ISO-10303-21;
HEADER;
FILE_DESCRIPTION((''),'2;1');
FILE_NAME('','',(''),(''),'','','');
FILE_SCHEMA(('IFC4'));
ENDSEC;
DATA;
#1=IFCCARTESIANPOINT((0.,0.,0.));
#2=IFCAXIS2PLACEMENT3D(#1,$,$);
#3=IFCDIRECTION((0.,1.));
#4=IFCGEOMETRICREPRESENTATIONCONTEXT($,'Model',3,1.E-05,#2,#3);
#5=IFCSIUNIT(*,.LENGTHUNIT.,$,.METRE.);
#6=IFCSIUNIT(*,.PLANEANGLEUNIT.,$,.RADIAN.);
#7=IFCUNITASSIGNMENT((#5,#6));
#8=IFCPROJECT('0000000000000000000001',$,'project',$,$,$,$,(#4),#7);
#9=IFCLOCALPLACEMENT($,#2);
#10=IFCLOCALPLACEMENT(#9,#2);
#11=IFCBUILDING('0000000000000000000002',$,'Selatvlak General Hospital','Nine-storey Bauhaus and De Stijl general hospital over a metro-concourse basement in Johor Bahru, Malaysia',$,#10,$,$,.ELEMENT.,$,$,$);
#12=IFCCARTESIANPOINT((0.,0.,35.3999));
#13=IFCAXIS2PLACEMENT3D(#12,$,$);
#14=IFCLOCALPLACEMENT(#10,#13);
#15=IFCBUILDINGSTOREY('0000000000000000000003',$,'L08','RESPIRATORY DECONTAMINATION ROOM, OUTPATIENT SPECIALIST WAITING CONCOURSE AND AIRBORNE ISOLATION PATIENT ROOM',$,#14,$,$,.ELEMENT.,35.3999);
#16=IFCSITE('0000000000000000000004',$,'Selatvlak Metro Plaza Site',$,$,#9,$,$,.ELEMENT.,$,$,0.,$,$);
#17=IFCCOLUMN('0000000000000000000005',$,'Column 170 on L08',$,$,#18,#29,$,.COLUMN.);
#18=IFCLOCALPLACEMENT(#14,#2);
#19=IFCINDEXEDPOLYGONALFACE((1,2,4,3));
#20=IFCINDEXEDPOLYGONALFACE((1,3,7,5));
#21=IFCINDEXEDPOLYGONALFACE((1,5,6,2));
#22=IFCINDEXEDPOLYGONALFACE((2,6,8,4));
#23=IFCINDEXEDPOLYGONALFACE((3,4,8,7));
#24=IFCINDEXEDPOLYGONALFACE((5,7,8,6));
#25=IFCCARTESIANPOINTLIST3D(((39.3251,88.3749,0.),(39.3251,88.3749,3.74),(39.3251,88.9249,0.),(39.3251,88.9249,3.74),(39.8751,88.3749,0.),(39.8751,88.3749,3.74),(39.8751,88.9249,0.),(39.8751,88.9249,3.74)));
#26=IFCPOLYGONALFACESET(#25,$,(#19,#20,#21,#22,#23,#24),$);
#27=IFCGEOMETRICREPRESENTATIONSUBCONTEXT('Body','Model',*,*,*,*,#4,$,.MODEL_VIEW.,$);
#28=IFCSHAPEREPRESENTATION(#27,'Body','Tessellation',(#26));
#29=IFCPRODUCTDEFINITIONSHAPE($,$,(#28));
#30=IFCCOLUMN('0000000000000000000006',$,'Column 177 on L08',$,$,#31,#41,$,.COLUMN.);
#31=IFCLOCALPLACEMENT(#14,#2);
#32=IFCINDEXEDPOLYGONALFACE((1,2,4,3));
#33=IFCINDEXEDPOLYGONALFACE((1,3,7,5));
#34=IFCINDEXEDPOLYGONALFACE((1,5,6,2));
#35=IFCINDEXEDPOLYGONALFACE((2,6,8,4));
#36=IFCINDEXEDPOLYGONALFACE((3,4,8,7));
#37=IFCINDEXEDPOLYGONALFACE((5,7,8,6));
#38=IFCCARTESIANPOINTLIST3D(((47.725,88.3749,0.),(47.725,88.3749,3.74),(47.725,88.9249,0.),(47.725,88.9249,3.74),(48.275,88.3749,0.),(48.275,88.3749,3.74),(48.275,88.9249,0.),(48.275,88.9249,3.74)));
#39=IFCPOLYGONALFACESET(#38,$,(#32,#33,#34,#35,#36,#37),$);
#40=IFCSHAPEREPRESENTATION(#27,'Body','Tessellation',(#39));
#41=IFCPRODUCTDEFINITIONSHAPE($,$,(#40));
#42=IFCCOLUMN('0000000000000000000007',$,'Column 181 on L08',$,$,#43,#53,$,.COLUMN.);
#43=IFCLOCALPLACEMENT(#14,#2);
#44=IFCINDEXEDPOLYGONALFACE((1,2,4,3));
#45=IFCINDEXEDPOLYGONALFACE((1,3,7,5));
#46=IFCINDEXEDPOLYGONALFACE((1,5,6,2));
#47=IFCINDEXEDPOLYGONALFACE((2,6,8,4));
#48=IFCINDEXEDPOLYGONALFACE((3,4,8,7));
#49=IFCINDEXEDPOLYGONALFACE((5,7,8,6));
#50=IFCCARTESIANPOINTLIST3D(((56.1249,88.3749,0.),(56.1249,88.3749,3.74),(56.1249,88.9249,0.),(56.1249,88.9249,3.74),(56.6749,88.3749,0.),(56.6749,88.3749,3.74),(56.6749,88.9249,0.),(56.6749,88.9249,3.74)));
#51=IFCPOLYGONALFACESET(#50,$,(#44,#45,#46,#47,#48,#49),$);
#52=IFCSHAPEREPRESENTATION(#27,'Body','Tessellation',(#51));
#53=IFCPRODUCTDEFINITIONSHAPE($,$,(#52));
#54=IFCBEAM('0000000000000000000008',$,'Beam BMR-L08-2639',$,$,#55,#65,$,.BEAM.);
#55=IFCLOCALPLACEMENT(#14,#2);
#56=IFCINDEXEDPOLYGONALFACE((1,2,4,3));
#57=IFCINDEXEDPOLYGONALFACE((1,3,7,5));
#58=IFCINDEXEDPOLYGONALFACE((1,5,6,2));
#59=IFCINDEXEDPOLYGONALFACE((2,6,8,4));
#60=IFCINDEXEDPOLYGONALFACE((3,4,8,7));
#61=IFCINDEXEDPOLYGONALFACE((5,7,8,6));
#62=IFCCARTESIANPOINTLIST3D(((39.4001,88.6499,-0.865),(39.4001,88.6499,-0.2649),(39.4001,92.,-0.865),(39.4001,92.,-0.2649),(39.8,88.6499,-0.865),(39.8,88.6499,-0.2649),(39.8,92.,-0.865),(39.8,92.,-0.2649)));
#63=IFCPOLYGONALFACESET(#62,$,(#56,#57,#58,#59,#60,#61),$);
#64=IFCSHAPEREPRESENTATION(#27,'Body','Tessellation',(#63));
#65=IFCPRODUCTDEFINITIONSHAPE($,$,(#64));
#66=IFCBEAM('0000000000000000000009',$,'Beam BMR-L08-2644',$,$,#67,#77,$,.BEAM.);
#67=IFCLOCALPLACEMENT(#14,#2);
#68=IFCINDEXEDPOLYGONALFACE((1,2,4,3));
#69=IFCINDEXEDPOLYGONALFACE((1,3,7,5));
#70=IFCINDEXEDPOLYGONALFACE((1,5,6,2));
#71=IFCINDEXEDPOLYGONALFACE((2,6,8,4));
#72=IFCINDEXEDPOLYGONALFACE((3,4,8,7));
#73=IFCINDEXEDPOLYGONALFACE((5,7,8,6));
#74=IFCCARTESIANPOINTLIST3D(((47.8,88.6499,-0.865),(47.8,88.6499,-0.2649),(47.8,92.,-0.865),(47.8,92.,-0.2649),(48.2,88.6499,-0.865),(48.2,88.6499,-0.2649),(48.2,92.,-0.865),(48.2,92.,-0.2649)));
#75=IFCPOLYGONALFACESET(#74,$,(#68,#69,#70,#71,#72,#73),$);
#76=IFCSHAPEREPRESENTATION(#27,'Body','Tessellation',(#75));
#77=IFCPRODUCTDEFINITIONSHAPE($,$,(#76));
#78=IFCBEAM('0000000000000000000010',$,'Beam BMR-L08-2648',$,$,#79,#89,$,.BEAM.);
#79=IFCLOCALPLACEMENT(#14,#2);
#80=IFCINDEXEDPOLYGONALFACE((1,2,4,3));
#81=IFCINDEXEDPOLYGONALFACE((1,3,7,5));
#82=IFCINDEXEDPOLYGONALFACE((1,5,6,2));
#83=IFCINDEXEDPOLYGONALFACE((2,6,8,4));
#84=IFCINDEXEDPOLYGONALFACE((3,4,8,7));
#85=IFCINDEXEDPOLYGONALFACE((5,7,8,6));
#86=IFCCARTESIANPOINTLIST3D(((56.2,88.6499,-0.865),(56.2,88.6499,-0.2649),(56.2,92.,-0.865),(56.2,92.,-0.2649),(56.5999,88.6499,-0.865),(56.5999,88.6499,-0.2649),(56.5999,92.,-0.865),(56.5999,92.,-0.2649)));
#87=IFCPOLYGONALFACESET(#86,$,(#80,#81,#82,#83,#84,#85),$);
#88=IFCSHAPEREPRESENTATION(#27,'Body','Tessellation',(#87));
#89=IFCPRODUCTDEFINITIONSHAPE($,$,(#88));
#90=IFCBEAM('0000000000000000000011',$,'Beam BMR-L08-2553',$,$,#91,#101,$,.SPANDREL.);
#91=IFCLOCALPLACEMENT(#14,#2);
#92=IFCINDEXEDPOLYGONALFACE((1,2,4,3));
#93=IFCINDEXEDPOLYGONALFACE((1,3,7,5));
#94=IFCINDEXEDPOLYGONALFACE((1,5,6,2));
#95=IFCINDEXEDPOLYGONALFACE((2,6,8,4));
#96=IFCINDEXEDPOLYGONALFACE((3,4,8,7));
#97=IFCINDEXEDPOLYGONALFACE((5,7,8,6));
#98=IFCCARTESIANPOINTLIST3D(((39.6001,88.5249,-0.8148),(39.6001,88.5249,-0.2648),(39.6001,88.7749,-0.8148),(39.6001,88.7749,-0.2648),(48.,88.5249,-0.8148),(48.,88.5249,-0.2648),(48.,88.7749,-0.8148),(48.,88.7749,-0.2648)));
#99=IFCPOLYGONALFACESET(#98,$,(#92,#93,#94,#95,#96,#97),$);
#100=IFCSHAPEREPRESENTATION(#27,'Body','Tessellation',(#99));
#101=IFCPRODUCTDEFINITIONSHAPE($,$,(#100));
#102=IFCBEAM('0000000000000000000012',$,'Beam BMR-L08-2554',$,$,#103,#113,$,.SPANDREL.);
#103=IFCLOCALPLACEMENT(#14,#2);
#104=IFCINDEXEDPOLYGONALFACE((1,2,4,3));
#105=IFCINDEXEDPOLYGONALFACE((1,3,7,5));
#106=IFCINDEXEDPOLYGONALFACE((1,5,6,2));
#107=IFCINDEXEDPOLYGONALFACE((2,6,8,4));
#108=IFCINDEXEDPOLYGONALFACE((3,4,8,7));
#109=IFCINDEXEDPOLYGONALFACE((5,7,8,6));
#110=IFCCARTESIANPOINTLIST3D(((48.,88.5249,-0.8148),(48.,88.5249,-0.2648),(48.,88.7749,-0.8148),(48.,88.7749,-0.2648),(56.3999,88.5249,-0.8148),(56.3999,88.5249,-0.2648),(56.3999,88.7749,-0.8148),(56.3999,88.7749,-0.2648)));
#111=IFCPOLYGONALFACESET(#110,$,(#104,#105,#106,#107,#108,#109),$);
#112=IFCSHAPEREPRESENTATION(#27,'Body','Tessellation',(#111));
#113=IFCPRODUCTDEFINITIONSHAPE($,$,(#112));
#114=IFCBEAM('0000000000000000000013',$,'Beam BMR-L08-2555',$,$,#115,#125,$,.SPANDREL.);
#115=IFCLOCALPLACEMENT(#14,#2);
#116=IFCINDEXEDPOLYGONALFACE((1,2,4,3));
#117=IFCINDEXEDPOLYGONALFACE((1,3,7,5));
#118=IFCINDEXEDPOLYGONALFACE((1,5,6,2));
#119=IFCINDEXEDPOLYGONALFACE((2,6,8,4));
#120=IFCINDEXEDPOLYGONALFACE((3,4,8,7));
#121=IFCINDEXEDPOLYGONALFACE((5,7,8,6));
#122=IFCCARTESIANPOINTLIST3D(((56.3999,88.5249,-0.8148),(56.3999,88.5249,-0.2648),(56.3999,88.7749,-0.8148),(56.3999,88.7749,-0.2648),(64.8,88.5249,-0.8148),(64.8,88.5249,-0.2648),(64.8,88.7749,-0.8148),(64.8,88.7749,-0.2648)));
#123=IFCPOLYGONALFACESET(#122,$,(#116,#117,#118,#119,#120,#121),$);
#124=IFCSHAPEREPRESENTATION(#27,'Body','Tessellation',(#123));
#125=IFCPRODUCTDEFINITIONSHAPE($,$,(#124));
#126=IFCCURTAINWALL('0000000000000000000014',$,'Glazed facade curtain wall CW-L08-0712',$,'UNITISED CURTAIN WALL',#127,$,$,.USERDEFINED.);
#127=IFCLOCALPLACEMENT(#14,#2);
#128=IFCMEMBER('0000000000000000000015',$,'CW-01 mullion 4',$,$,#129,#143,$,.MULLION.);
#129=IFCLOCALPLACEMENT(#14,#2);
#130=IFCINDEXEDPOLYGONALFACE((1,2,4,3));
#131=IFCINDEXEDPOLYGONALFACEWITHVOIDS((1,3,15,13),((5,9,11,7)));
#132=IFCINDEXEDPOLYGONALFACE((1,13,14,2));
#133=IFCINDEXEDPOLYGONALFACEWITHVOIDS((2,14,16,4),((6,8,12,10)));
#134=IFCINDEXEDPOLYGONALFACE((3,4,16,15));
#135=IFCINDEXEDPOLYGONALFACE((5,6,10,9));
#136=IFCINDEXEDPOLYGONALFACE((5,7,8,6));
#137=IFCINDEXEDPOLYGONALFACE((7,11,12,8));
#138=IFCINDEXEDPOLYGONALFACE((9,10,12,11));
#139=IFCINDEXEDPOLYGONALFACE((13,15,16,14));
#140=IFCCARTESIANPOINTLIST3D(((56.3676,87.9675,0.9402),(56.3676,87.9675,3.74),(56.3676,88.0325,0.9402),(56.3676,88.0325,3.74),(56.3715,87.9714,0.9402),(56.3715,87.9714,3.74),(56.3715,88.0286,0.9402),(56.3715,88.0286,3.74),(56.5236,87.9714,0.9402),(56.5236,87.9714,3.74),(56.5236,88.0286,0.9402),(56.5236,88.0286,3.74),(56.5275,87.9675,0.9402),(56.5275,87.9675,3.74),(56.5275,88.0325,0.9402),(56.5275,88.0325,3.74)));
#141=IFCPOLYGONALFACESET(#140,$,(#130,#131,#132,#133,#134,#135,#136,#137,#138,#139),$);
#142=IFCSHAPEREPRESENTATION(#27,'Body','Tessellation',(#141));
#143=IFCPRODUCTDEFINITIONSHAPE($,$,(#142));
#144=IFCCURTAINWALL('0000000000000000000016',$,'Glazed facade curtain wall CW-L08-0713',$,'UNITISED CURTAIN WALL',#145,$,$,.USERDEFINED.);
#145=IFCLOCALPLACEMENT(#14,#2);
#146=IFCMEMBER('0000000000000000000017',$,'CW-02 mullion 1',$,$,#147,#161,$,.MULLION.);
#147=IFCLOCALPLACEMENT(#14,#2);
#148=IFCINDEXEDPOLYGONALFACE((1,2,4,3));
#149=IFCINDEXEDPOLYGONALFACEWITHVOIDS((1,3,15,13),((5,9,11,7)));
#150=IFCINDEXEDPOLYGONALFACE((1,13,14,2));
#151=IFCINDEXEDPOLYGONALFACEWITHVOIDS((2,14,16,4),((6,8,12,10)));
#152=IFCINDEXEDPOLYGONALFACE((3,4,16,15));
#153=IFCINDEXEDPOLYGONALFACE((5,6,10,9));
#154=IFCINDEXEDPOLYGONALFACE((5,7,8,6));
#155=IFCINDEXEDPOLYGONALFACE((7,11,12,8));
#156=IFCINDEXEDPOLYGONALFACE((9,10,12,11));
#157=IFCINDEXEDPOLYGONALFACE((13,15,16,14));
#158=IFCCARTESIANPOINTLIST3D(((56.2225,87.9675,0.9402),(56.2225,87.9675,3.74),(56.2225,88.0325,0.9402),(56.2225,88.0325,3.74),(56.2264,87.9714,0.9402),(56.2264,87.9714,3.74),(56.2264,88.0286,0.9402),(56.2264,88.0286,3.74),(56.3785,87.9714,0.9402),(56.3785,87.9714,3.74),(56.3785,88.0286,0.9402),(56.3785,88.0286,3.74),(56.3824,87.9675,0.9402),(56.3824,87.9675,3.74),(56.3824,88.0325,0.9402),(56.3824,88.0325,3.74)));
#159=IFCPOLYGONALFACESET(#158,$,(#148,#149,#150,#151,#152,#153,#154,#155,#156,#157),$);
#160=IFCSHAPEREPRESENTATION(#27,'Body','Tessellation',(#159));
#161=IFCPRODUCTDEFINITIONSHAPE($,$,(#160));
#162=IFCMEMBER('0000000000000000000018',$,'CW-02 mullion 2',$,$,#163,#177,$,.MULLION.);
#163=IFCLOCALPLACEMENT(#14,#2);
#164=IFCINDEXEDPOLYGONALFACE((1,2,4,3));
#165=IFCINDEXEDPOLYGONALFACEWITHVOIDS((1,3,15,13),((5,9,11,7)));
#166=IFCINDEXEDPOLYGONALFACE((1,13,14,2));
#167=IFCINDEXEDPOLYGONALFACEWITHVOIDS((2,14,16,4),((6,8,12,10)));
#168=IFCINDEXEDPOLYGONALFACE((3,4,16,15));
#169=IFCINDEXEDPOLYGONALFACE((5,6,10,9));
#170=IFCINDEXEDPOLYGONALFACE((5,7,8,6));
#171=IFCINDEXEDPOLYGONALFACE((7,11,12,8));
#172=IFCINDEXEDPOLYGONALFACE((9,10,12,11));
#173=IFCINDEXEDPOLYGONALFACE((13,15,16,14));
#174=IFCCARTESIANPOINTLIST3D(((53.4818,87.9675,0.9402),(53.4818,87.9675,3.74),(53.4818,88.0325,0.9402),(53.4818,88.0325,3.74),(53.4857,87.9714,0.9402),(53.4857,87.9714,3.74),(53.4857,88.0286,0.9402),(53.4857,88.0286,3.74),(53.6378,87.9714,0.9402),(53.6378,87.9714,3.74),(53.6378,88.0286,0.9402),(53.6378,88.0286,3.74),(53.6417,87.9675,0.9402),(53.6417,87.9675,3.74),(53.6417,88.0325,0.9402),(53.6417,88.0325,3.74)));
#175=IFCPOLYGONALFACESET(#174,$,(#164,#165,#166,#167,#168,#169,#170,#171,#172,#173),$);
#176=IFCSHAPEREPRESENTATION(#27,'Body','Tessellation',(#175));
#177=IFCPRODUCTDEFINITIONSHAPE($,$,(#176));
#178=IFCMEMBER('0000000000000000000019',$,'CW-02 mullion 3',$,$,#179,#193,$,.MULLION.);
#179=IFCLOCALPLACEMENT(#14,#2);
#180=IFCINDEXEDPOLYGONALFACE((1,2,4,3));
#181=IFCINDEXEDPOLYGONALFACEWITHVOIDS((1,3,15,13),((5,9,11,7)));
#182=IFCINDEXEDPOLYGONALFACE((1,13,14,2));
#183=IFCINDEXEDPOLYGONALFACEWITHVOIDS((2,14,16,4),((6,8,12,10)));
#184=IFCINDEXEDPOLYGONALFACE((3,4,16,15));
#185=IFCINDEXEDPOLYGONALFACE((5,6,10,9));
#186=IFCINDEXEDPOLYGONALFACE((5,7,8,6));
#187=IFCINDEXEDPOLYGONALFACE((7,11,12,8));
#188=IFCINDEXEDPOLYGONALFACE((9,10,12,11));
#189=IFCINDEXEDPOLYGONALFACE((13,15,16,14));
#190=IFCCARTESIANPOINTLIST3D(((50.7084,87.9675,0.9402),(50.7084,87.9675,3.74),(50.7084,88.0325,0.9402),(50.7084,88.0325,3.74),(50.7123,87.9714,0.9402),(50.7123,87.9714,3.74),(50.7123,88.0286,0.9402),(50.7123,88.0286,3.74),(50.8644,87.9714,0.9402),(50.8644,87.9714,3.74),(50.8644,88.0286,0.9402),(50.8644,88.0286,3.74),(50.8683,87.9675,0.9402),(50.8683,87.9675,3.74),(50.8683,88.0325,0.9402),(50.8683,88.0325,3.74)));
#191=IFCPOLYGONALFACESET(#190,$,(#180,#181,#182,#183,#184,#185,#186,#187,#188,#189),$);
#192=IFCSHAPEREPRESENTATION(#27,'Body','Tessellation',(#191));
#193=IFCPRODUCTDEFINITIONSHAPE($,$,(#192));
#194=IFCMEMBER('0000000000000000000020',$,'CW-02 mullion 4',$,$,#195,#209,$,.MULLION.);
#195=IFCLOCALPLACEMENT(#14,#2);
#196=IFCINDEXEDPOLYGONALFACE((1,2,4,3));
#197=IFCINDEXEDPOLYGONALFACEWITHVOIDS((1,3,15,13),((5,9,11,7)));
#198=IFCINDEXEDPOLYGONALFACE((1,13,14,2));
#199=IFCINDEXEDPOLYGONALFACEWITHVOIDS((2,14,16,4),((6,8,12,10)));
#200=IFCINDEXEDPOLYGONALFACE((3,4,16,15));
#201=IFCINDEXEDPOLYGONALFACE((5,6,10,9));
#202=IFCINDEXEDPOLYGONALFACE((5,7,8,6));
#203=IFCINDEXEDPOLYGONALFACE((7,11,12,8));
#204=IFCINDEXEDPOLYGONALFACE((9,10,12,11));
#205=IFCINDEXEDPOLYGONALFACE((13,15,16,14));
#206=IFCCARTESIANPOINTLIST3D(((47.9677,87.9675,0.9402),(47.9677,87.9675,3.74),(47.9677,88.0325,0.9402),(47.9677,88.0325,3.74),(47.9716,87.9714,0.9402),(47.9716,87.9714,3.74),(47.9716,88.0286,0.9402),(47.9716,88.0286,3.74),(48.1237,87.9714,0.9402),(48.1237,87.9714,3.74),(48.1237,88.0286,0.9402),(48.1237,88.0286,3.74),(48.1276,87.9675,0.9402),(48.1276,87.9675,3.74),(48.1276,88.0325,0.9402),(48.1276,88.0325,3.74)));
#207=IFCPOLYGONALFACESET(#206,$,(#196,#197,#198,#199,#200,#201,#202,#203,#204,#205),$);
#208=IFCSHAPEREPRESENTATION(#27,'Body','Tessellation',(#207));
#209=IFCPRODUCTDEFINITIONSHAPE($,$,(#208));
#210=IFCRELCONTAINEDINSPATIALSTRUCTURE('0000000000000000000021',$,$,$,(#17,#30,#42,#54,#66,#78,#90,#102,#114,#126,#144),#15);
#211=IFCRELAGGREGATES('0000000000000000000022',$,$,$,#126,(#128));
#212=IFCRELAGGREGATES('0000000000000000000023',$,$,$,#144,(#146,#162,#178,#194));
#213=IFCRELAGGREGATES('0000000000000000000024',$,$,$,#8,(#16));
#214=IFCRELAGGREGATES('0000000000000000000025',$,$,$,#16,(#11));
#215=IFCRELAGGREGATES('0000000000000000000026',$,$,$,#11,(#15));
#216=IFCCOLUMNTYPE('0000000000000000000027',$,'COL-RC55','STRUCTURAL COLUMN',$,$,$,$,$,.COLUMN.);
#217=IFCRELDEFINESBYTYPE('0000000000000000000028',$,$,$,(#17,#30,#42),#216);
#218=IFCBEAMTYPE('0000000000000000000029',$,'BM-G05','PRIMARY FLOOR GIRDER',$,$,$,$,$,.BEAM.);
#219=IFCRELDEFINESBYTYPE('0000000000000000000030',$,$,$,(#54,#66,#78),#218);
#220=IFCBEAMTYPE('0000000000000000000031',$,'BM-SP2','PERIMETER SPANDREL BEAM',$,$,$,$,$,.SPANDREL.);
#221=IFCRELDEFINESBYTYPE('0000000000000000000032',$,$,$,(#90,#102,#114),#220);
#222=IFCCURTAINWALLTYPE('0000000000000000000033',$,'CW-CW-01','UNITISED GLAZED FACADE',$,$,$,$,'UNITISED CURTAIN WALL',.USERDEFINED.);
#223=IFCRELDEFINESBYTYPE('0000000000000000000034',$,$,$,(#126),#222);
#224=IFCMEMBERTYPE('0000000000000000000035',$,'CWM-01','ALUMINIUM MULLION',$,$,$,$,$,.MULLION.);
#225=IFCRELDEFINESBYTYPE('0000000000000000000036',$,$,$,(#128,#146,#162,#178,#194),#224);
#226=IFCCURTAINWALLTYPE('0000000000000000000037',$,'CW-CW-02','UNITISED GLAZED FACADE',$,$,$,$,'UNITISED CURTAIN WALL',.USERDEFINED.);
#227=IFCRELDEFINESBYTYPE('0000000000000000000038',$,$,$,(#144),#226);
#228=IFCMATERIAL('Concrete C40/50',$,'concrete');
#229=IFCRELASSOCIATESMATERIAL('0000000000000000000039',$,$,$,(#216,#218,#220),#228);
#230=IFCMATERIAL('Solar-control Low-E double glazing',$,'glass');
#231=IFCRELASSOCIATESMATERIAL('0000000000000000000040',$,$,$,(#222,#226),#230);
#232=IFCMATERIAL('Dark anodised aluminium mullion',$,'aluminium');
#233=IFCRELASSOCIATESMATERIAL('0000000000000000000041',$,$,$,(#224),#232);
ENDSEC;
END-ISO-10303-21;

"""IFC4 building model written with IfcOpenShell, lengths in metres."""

from ifc_helpers import new_model, si_unit, direction, frame, origin, origin_2d, place, context, subcontext, project, spatial, rectangle, hollow_rectangle, extrude, material, material_profile, profile_set, type_object, element, aggregate, save


model = new_model("IFC4")

# Units and contexts
model_context = context("Model", 3, precision=1e-05, world=origin(), true_north=direction((0.0, 1.0)))
body_context = subcontext(model_context, "Body", "Model", "MODEL_VIEW")
ifc_project = project(units=[si_unit("LENGTHUNIT", "METRE"), si_unit("PLANEANGLEUNIT", "RADIAN")], contexts=[model_context])

# Site, building, storey
site_placement = place(None, origin())
site = spatial("IfcSite", under=ifc_project, at=site_placement, Name="Selatvlak Metro Plaza Site", CompositionType="ELEMENT", RefElevation=0.0)
building_placement = place(site_placement, origin())
building = spatial("IfcBuilding", under=site, at=building_placement, Name="Selatvlak General Hospital", Description="Nine-storey Bauhaus and De Stijl general hospital over a metro-concourse basement in Johor Bahru, Malaysia", CompositionType="ELEMENT")
storey_placement = place(building_placement, frame((0.0, 0.0, 35.3999)))
storey = spatial("IfcBuildingStorey", under=building, at=storey_placement, Name="L08", Description="RESPIRATORY DECONTAMINATION ROOM, OUTPATIENT SPECIALIST WAITING CONCOURSE AND AIRBORNE ISOLATION PATIENT ROOM", CompositionType="ELEMENT", Elevation=35.3999)

# Columns
ifc_material_1 = material(Name="Concrete C40/50", Category="concrete")
ifc_material_profile_1 = material_profile(ifc_material_1, rectangle(XDim=0.55, YDim=0.55, at=origin_2d()), Name="RC-COL 550x550")
ifc_profile_set_1 = profile_set([ifc_material_profile_1], Name="Concrete C40/50")
column_type = type_object("IfcColumnType", Name="COL-RC55", Description="STRUCTURAL COLUMN", PredefinedType="COLUMN", material=ifc_profile_set_1)
for number, where, z_axis, x_axis, name in (
    (1, (39.6001, 88.6499, 0.0), (0.0, 0.0, 1.0), (1.0, 0.0, 0.0), "Column 170 on L08"),
    (2, (48.0, 88.6499, 0.0), (0.0, 0.0, 1.0), (1.0, 0.0, 0.0), "Column 177 on L08"),
    (3, (56.3999, 88.6499, 0.0), (0.0, 0.0, 1.0), (1.0, 0.0, 0.0), "Column 181 on L08"),
):
    element("IfcColumn", number, at=place(storey_placement, frame(where, z_axis=z_axis, x_axis=x_axis)), inside=storey, type_object=column_type, Name=name, PredefinedType="COLUMN", context=body_context, shape_type="SweptSolid", body=[
        extrude(rectangle(XDim=0.55, YDim=0.55, at=origin_2d()), origin(), (0.0, 0.0, 1.0), 3.74),
    ])

# Beams
ifc_material_profile_2 = material_profile(ifc_material_1, rectangle(XDim=0.3999, YDim=0.6001, at=origin_2d()), Name="RC-BM 400x600")
ifc_profile_set_2 = profile_set([ifc_material_profile_2], Name="Concrete C40/50")
beam_type_1 = type_object("IfcBeamType", Name="BM-G05", Description="PRIMARY FLOOR GIRDER", PredefinedType="BEAM", material=ifc_profile_set_2)
for number, where, z_axis, x_axis, name in (
    (4, (39.6001, 88.6499, -0.5649), (0.0, 1.0, 0.0), (-1.0, 0.0, 0.0), "Beam BMR-L08-2639"),
    (5, (48.0, 88.6499, -0.5649), (0.0, 1.0, 0.0), (-1.0, 0.0, 0.0), "Beam BMR-L08-2644"),
    (6, (56.3999, 88.6499, -0.5649), (0.0, 1.0, 0.0), (-1.0, 0.0, 0.0), "Beam BMR-L08-2648"),
):
    element("IfcBeam", number, at=place(storey_placement, frame(where, z_axis=z_axis, x_axis=x_axis)), inside=storey, type_object=beam_type_1, Name=name, PredefinedType="BEAM", context=body_context, shape_type="SweptSolid", body=[
        extrude(rectangle(XDim=0.3999, YDim=0.6001, at=origin_2d()), origin(), (0.0, 0.0, 1.0), 3.3501),
    ])
ifc_material_profile_3 = material_profile(ifc_material_1, rectangle(XDim=0.25, YDim=0.55, at=origin_2d()), Name="RC-SP 250x550")
ifc_profile_set_3 = profile_set([ifc_material_profile_3], Name="Concrete C40/50")
beam_type_2 = type_object("IfcBeamType", Name="BM-SP2", Description="PERIMETER SPANDREL BEAM", PredefinedType="SPANDREL", material=ifc_profile_set_3)
for number, where, z_axis, x_axis, name in (
    (7, (39.6001, 88.6499, -0.5398), (1.0, 0.0, 0.0), (0.0, 1.0, 0.0), "Beam BMR-L08-2553"),
    (8, (48.0, 88.6499, -0.5398), (1.0, 0.0, 0.0), (0.0, 1.0, 0.0), "Beam BMR-L08-2554"),
):
    element("IfcBeam", number, at=place(storey_placement, frame(where, z_axis=z_axis, x_axis=x_axis)), inside=storey, type_object=beam_type_2, Name=name, PredefinedType="SPANDREL", context=body_context, shape_type="SweptSolid", body=[
        extrude(rectangle(XDim=0.25, YDim=0.55, at=origin_2d()), origin(), (0.0, 0.0, 1.0), 8.3999),
    ])
beam_placement = place(storey_placement, frame((56.3999, 88.6499, -0.5398), z_axis=(1.0, 0.0, 0.0), x_axis=(0.0, 1.0, 0.0)))
element("IfcBeam", 9, at=beam_placement, inside=storey, type_object=beam_type_2, Name="Beam BMR-L08-2555", PredefinedType="SPANDREL", context=body_context, shape_type="SweptSolid", body=[
    extrude(rectangle(XDim=0.25, YDim=0.55, at=origin_2d()), origin(), (0.0, 0.0, 1.0), 8.4001),
])

# Curtain wall, member
ifc_material_2 = material(Name="Solar-control Low-E double glazing", Category="glass")
curtain_wall_type_1 = type_object("IfcCurtainWallType", Name="CW-CW-01", Description="UNITISED GLAZED FACADE", ElementType="UNITISED CURTAIN WALL", PredefinedType="USERDEFINED", material=ifc_material_2)
curtain_wall_1_placement = place(storey_placement, origin())
curtain_wall_1 = element("IfcCurtainWall", 10, at=curtain_wall_1_placement, inside=storey, type_object=curtain_wall_type_1, Name="Glazed facade curtain wall CW-L08-0712", ObjectType="UNITISED CURTAIN WALL", PredefinedType="USERDEFINED")
ifc_material_3 = material(Name="Dark anodised aluminium mullion", Category="aluminium")
ifc_material_profile_4 = material_profile(ifc_material_3, hollow_rectangle(XDim=0.0649, YDim=0.1599, WallThickness=0.0039, at=origin_2d()), Name="AL-MUL 65x160x4")
ifc_profile_set_4 = profile_set([ifc_material_profile_4], Name="Dark anodised aluminium mullion")
member_type_1 = type_object("IfcMemberType", Name="CWM-01", Description="ALUMINIUM MULLION", PredefinedType="MULLION", material=ifc_profile_set_4)
member_1_placement = place(storey_placement, frame((56.4475, 88.0, 0.9402), z_axis=(0.0, 0.0, 1.0), x_axis=(0.0, -1.0, 0.0)))
member_1 = element("IfcMember", 11, at=member_1_placement, type_object=member_type_1, Name="CW-01 mullion 4", PredefinedType="MULLION", context=body_context, shape_type="SweptSolid", body=[
    extrude(hollow_rectangle(XDim=0.0649, YDim=0.1599, WallThickness=0.0039, at=origin_2d()), origin(), (0.0, 0.0, 1.0), 2.7998),
])

# Curtain wall, members
curtain_wall_type_2 = type_object("IfcCurtainWallType", Name="CW-CW-02", Description="UNITISED GLAZED FACADE", ElementType="UNITISED CURTAIN WALL", PredefinedType="USERDEFINED", material=ifc_material_2)
curtain_wall_2_placement = place(storey_placement, origin())
curtain_wall_2 = element("IfcCurtainWall", 12, at=curtain_wall_2_placement, inside=storey, type_object=curtain_wall_type_2, Name="Glazed facade curtain wall CW-L08-0713", ObjectType="UNITISED CURTAIN WALL", PredefinedType="USERDEFINED")
member_2_placement = place(storey_placement, frame((56.3025, 88.0, 0.9402), z_axis=(0.0, 0.0, 1.0), x_axis=(0.0, -1.0, 0.0)))
member_2 = element("IfcMember", 13, at=member_2_placement, type_object=member_type_1, Name="CW-02 mullion 1", PredefinedType="MULLION", context=body_context, shape_type="SweptSolid", body=[
    extrude(hollow_rectangle(XDim=0.0649, YDim=0.1599, WallThickness=0.0039, at=origin_2d()), origin(), (0.0, 0.0, 1.0), 2.7998),
])
member_3_placement = place(storey_placement, frame((53.5618, 88.0, 0.9402), z_axis=(0.0, 0.0, 1.0), x_axis=(0.0, -1.0, 0.0)))
member_3 = element("IfcMember", 14, at=member_3_placement, type_object=member_type_1, Name="CW-02 mullion 2", PredefinedType="MULLION", context=body_context, shape_type="SweptSolid", body=[
    extrude(hollow_rectangle(XDim=0.0649, YDim=0.1599, WallThickness=0.0039, at=origin_2d()), origin(), (0.0, 0.0, 1.0), 2.7998),
])
member_4_placement = place(storey_placement, frame((50.7883, 88.0, 0.9402), z_axis=(0.0, 0.0, 1.0), x_axis=(0.0, -1.0, 0.0)))
member_4 = element("IfcMember", 15, at=member_4_placement, type_object=member_type_1, Name="CW-02 mullion 3", PredefinedType="MULLION", context=body_context, shape_type="SweptSolid", body=[
    extrude(hollow_rectangle(XDim=0.0649, YDim=0.1599, WallThickness=0.0039, at=origin_2d()), origin(), (0.0, 0.0, 1.0), 2.7998),
])
member_5_placement = place(storey_placement, frame((48.0476, 88.0, 0.9402), z_axis=(0.0, 0.0, 1.0), x_axis=(0.0, -1.0, 0.0)))
member_5 = element("IfcMember", 16, at=member_5_placement, type_object=member_type_1, Name="CW-02 mullion 4", PredefinedType="MULLION", context=body_context, shape_type="SweptSolid", body=[
    extrude(hollow_rectangle(XDim=0.0649, YDim=0.1599, WallThickness=0.0039, at=origin_2d()), origin(), (0.0, 0.0, 1.0), 2.7998),
])

aggregate(curtain_wall_1, [member_1])
aggregate(curtain_wall_2, [member_2, member_3, member_4, member_5])

save(model, "model.ifc")
